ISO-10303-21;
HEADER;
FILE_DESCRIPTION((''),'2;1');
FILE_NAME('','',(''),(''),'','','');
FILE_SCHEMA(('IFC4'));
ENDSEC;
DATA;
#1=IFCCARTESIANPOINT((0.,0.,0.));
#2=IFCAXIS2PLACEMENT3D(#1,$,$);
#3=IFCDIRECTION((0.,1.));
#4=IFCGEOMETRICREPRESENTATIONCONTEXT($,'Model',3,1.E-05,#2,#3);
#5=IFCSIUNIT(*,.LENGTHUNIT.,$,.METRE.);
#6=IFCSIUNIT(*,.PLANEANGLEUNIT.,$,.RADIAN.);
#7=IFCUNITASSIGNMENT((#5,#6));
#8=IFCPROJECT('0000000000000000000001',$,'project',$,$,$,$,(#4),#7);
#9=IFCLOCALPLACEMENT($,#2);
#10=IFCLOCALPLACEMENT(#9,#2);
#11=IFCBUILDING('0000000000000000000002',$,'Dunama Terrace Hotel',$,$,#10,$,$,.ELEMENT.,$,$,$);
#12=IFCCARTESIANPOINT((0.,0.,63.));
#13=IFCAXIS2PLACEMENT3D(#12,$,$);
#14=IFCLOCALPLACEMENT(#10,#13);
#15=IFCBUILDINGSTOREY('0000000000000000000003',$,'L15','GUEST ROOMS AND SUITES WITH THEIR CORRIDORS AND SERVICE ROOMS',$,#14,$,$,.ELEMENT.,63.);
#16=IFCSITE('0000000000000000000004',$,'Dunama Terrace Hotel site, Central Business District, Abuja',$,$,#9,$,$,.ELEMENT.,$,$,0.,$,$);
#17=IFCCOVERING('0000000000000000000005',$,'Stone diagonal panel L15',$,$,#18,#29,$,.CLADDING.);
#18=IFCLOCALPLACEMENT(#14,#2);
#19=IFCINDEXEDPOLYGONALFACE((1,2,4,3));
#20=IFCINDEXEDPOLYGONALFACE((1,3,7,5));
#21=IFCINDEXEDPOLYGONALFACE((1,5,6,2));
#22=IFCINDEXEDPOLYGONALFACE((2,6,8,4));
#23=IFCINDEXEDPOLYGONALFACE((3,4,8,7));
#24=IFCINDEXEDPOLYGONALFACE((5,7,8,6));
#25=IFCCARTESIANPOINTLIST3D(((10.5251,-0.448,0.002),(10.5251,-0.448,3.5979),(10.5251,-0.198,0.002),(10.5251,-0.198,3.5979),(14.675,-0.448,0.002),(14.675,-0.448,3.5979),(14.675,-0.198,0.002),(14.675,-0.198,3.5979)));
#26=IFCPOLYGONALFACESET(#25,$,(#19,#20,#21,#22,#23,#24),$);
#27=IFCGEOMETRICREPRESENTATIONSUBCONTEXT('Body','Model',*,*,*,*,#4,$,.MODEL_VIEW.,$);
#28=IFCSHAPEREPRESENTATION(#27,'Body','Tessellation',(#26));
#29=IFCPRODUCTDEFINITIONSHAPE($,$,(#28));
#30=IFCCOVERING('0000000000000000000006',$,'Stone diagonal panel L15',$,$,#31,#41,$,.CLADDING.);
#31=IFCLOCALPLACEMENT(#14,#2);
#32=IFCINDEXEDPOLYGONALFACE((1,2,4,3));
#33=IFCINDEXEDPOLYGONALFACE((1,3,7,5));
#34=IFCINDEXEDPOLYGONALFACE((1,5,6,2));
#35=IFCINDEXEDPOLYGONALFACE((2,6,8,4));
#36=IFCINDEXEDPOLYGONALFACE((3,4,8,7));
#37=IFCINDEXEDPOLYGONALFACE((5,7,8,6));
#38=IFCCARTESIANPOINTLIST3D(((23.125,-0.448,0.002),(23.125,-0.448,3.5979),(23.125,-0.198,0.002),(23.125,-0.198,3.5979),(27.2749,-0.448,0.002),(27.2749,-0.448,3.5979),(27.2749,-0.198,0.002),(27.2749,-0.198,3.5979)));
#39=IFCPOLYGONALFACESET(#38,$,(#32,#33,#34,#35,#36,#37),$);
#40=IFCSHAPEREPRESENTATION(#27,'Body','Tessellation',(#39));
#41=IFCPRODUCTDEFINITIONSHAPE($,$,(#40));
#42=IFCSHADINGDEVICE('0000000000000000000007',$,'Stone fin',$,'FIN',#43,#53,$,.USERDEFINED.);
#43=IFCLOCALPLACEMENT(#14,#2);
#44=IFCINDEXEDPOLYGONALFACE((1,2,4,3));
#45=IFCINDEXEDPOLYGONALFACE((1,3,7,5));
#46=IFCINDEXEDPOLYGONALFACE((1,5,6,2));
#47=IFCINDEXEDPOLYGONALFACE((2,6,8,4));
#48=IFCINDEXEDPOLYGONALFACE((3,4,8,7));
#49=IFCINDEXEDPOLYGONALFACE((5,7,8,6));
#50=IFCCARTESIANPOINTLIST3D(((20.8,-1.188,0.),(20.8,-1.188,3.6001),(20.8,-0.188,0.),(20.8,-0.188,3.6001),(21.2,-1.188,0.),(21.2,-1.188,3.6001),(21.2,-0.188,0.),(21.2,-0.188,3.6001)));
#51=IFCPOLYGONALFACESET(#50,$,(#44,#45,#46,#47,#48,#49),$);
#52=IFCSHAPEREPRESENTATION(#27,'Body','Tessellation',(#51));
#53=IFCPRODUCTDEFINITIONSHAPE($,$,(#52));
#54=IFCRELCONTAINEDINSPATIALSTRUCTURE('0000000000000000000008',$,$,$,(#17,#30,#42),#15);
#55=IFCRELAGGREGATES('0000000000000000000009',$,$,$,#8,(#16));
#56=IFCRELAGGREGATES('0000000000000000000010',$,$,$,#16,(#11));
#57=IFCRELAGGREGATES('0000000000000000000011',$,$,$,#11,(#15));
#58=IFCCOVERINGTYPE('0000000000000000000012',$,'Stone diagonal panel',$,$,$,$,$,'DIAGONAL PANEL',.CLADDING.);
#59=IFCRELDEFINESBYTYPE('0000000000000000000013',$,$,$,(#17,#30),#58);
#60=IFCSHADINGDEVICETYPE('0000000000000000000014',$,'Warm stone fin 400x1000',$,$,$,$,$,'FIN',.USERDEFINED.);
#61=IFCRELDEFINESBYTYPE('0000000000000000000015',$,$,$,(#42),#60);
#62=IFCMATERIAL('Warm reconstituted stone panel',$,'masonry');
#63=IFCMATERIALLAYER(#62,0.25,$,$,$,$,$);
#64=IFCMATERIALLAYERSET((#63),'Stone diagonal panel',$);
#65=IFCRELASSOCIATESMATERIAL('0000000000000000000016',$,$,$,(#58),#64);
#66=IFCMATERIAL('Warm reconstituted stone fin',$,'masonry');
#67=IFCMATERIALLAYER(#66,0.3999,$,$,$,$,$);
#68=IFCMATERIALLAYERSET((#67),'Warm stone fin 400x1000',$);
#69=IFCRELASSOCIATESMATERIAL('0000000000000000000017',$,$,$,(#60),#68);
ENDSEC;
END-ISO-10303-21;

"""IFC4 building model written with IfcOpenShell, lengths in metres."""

from ifc_helpers import new_model, si_unit, direction, frame, origin, origin_2d, place, context, subcontext, project, spatial, rectangle, extrude, material, layer, layer_set, type_object, element, save


model = new_model("IFC4")

# Units and contexts
model_context = context("Model", 3, precision=1e-05, world=origin(), true_north=direction((0.0, 1.0)))
body_context = subcontext(model_context, "Body", "Model", "MODEL_VIEW")
ifc_project = project(units=[si_unit("LENGTHUNIT", "METRE"), si_unit("PLANEANGLEUNIT", "RADIAN")], contexts=[model_context])

# Site, building, storey
site_placement = place(None, origin())
site = spatial("IfcSite", under=ifc_project, at=site_placement, Name="Dunama Terrace Hotel site, Central Business District, Abuja", CompositionType="ELEMENT", RefElevation=0.0)
building_placement = place(site_placement, origin())
building = spatial("IfcBuilding", under=site, at=building_placement, Name="Dunama Terrace Hotel", CompositionType="ELEMENT")
storey_placement = place(building_placement, frame((0.0, 0.0, 63.0)))
storey = spatial("IfcBuildingStorey", under=building, at=storey_placement, Name="L15", Description="GUEST ROOMS AND SUITES WITH THEIR CORRIDORS AND SERVICE ROOMS", CompositionType="ELEMENT", Elevation=63.0)

# Coverings
ifc_material_1 = material(Name="Warm reconstituted stone panel", Category="masonry")
ifc_layer_1 = layer(ifc_material_1, 0.25)
ifc_layer_set_1 = layer_set([ifc_layer_1], Name="Stone diagonal panel")
covering_type = type_object("IfcCoveringType", Name="Stone diagonal panel", ElementType="DIAGONAL PANEL", PredefinedType="CLADDING", material=ifc_layer_set_1)
for number, where, z_axis, x_axis, name in (
    (1, (12.6001, -0.323, 0.002), (0.0, 0.0, 1.0), (1.0, 0.0, 0.0), "Stone diagonal panel L15"),
    (2, (25.2, -0.323, 0.002), (0.0, 0.0, 1.0), (1.0, 0.0, 0.0), "Stone diagonal panel L15"),
):
    element("IfcCovering", number, at=place(storey_placement, frame(where, z_axis=z_axis, x_axis=x_axis)), inside=storey, type_object=covering_type, Name=name, PredefinedType="CLADDING", context=body_context, shape_type="SweptSolid", body=[
        extrude(rectangle(XDim=4.1499, YDim=0.25, at=origin_2d()), origin(), (0.0, 0.0, 1.0), 3.5959),
    ])

# Shading device
ifc_material_2 = material(Name="Warm reconstituted stone fin", Category="masonry")
ifc_layer_2 = layer(ifc_material_2, 0.3999)
ifc_layer_set_2 = layer_set([ifc_layer_2], Name="Warm stone fin 400x1000")
shading_device_type = type_object("IfcShadingDeviceType", Name="Warm stone fin 400x1000", ElementType="FIN", PredefinedType="USERDEFINED", material=ifc_layer_set_2)
shading_device_placement = place(storey_placement, frame((21.0, -0.688, 0.0), z_axis=(0.0, 0.0, 1.0), x_axis=(1.0, 0.0, 0.0)))
element("IfcShadingDevice", 3, at=shading_device_placement, inside=storey, type_object=shading_device_type, Name="Stone fin", ObjectType="FIN", PredefinedType="USERDEFINED", context=body_context, shape_type="SweptSolid", body=[
    extrude(rectangle(XDim=0.3999, YDim=1.0, at=origin_2d()), origin(), (0.0, 0.0, 1.0), 3.6001),
])

save(model, "model.ifc")
